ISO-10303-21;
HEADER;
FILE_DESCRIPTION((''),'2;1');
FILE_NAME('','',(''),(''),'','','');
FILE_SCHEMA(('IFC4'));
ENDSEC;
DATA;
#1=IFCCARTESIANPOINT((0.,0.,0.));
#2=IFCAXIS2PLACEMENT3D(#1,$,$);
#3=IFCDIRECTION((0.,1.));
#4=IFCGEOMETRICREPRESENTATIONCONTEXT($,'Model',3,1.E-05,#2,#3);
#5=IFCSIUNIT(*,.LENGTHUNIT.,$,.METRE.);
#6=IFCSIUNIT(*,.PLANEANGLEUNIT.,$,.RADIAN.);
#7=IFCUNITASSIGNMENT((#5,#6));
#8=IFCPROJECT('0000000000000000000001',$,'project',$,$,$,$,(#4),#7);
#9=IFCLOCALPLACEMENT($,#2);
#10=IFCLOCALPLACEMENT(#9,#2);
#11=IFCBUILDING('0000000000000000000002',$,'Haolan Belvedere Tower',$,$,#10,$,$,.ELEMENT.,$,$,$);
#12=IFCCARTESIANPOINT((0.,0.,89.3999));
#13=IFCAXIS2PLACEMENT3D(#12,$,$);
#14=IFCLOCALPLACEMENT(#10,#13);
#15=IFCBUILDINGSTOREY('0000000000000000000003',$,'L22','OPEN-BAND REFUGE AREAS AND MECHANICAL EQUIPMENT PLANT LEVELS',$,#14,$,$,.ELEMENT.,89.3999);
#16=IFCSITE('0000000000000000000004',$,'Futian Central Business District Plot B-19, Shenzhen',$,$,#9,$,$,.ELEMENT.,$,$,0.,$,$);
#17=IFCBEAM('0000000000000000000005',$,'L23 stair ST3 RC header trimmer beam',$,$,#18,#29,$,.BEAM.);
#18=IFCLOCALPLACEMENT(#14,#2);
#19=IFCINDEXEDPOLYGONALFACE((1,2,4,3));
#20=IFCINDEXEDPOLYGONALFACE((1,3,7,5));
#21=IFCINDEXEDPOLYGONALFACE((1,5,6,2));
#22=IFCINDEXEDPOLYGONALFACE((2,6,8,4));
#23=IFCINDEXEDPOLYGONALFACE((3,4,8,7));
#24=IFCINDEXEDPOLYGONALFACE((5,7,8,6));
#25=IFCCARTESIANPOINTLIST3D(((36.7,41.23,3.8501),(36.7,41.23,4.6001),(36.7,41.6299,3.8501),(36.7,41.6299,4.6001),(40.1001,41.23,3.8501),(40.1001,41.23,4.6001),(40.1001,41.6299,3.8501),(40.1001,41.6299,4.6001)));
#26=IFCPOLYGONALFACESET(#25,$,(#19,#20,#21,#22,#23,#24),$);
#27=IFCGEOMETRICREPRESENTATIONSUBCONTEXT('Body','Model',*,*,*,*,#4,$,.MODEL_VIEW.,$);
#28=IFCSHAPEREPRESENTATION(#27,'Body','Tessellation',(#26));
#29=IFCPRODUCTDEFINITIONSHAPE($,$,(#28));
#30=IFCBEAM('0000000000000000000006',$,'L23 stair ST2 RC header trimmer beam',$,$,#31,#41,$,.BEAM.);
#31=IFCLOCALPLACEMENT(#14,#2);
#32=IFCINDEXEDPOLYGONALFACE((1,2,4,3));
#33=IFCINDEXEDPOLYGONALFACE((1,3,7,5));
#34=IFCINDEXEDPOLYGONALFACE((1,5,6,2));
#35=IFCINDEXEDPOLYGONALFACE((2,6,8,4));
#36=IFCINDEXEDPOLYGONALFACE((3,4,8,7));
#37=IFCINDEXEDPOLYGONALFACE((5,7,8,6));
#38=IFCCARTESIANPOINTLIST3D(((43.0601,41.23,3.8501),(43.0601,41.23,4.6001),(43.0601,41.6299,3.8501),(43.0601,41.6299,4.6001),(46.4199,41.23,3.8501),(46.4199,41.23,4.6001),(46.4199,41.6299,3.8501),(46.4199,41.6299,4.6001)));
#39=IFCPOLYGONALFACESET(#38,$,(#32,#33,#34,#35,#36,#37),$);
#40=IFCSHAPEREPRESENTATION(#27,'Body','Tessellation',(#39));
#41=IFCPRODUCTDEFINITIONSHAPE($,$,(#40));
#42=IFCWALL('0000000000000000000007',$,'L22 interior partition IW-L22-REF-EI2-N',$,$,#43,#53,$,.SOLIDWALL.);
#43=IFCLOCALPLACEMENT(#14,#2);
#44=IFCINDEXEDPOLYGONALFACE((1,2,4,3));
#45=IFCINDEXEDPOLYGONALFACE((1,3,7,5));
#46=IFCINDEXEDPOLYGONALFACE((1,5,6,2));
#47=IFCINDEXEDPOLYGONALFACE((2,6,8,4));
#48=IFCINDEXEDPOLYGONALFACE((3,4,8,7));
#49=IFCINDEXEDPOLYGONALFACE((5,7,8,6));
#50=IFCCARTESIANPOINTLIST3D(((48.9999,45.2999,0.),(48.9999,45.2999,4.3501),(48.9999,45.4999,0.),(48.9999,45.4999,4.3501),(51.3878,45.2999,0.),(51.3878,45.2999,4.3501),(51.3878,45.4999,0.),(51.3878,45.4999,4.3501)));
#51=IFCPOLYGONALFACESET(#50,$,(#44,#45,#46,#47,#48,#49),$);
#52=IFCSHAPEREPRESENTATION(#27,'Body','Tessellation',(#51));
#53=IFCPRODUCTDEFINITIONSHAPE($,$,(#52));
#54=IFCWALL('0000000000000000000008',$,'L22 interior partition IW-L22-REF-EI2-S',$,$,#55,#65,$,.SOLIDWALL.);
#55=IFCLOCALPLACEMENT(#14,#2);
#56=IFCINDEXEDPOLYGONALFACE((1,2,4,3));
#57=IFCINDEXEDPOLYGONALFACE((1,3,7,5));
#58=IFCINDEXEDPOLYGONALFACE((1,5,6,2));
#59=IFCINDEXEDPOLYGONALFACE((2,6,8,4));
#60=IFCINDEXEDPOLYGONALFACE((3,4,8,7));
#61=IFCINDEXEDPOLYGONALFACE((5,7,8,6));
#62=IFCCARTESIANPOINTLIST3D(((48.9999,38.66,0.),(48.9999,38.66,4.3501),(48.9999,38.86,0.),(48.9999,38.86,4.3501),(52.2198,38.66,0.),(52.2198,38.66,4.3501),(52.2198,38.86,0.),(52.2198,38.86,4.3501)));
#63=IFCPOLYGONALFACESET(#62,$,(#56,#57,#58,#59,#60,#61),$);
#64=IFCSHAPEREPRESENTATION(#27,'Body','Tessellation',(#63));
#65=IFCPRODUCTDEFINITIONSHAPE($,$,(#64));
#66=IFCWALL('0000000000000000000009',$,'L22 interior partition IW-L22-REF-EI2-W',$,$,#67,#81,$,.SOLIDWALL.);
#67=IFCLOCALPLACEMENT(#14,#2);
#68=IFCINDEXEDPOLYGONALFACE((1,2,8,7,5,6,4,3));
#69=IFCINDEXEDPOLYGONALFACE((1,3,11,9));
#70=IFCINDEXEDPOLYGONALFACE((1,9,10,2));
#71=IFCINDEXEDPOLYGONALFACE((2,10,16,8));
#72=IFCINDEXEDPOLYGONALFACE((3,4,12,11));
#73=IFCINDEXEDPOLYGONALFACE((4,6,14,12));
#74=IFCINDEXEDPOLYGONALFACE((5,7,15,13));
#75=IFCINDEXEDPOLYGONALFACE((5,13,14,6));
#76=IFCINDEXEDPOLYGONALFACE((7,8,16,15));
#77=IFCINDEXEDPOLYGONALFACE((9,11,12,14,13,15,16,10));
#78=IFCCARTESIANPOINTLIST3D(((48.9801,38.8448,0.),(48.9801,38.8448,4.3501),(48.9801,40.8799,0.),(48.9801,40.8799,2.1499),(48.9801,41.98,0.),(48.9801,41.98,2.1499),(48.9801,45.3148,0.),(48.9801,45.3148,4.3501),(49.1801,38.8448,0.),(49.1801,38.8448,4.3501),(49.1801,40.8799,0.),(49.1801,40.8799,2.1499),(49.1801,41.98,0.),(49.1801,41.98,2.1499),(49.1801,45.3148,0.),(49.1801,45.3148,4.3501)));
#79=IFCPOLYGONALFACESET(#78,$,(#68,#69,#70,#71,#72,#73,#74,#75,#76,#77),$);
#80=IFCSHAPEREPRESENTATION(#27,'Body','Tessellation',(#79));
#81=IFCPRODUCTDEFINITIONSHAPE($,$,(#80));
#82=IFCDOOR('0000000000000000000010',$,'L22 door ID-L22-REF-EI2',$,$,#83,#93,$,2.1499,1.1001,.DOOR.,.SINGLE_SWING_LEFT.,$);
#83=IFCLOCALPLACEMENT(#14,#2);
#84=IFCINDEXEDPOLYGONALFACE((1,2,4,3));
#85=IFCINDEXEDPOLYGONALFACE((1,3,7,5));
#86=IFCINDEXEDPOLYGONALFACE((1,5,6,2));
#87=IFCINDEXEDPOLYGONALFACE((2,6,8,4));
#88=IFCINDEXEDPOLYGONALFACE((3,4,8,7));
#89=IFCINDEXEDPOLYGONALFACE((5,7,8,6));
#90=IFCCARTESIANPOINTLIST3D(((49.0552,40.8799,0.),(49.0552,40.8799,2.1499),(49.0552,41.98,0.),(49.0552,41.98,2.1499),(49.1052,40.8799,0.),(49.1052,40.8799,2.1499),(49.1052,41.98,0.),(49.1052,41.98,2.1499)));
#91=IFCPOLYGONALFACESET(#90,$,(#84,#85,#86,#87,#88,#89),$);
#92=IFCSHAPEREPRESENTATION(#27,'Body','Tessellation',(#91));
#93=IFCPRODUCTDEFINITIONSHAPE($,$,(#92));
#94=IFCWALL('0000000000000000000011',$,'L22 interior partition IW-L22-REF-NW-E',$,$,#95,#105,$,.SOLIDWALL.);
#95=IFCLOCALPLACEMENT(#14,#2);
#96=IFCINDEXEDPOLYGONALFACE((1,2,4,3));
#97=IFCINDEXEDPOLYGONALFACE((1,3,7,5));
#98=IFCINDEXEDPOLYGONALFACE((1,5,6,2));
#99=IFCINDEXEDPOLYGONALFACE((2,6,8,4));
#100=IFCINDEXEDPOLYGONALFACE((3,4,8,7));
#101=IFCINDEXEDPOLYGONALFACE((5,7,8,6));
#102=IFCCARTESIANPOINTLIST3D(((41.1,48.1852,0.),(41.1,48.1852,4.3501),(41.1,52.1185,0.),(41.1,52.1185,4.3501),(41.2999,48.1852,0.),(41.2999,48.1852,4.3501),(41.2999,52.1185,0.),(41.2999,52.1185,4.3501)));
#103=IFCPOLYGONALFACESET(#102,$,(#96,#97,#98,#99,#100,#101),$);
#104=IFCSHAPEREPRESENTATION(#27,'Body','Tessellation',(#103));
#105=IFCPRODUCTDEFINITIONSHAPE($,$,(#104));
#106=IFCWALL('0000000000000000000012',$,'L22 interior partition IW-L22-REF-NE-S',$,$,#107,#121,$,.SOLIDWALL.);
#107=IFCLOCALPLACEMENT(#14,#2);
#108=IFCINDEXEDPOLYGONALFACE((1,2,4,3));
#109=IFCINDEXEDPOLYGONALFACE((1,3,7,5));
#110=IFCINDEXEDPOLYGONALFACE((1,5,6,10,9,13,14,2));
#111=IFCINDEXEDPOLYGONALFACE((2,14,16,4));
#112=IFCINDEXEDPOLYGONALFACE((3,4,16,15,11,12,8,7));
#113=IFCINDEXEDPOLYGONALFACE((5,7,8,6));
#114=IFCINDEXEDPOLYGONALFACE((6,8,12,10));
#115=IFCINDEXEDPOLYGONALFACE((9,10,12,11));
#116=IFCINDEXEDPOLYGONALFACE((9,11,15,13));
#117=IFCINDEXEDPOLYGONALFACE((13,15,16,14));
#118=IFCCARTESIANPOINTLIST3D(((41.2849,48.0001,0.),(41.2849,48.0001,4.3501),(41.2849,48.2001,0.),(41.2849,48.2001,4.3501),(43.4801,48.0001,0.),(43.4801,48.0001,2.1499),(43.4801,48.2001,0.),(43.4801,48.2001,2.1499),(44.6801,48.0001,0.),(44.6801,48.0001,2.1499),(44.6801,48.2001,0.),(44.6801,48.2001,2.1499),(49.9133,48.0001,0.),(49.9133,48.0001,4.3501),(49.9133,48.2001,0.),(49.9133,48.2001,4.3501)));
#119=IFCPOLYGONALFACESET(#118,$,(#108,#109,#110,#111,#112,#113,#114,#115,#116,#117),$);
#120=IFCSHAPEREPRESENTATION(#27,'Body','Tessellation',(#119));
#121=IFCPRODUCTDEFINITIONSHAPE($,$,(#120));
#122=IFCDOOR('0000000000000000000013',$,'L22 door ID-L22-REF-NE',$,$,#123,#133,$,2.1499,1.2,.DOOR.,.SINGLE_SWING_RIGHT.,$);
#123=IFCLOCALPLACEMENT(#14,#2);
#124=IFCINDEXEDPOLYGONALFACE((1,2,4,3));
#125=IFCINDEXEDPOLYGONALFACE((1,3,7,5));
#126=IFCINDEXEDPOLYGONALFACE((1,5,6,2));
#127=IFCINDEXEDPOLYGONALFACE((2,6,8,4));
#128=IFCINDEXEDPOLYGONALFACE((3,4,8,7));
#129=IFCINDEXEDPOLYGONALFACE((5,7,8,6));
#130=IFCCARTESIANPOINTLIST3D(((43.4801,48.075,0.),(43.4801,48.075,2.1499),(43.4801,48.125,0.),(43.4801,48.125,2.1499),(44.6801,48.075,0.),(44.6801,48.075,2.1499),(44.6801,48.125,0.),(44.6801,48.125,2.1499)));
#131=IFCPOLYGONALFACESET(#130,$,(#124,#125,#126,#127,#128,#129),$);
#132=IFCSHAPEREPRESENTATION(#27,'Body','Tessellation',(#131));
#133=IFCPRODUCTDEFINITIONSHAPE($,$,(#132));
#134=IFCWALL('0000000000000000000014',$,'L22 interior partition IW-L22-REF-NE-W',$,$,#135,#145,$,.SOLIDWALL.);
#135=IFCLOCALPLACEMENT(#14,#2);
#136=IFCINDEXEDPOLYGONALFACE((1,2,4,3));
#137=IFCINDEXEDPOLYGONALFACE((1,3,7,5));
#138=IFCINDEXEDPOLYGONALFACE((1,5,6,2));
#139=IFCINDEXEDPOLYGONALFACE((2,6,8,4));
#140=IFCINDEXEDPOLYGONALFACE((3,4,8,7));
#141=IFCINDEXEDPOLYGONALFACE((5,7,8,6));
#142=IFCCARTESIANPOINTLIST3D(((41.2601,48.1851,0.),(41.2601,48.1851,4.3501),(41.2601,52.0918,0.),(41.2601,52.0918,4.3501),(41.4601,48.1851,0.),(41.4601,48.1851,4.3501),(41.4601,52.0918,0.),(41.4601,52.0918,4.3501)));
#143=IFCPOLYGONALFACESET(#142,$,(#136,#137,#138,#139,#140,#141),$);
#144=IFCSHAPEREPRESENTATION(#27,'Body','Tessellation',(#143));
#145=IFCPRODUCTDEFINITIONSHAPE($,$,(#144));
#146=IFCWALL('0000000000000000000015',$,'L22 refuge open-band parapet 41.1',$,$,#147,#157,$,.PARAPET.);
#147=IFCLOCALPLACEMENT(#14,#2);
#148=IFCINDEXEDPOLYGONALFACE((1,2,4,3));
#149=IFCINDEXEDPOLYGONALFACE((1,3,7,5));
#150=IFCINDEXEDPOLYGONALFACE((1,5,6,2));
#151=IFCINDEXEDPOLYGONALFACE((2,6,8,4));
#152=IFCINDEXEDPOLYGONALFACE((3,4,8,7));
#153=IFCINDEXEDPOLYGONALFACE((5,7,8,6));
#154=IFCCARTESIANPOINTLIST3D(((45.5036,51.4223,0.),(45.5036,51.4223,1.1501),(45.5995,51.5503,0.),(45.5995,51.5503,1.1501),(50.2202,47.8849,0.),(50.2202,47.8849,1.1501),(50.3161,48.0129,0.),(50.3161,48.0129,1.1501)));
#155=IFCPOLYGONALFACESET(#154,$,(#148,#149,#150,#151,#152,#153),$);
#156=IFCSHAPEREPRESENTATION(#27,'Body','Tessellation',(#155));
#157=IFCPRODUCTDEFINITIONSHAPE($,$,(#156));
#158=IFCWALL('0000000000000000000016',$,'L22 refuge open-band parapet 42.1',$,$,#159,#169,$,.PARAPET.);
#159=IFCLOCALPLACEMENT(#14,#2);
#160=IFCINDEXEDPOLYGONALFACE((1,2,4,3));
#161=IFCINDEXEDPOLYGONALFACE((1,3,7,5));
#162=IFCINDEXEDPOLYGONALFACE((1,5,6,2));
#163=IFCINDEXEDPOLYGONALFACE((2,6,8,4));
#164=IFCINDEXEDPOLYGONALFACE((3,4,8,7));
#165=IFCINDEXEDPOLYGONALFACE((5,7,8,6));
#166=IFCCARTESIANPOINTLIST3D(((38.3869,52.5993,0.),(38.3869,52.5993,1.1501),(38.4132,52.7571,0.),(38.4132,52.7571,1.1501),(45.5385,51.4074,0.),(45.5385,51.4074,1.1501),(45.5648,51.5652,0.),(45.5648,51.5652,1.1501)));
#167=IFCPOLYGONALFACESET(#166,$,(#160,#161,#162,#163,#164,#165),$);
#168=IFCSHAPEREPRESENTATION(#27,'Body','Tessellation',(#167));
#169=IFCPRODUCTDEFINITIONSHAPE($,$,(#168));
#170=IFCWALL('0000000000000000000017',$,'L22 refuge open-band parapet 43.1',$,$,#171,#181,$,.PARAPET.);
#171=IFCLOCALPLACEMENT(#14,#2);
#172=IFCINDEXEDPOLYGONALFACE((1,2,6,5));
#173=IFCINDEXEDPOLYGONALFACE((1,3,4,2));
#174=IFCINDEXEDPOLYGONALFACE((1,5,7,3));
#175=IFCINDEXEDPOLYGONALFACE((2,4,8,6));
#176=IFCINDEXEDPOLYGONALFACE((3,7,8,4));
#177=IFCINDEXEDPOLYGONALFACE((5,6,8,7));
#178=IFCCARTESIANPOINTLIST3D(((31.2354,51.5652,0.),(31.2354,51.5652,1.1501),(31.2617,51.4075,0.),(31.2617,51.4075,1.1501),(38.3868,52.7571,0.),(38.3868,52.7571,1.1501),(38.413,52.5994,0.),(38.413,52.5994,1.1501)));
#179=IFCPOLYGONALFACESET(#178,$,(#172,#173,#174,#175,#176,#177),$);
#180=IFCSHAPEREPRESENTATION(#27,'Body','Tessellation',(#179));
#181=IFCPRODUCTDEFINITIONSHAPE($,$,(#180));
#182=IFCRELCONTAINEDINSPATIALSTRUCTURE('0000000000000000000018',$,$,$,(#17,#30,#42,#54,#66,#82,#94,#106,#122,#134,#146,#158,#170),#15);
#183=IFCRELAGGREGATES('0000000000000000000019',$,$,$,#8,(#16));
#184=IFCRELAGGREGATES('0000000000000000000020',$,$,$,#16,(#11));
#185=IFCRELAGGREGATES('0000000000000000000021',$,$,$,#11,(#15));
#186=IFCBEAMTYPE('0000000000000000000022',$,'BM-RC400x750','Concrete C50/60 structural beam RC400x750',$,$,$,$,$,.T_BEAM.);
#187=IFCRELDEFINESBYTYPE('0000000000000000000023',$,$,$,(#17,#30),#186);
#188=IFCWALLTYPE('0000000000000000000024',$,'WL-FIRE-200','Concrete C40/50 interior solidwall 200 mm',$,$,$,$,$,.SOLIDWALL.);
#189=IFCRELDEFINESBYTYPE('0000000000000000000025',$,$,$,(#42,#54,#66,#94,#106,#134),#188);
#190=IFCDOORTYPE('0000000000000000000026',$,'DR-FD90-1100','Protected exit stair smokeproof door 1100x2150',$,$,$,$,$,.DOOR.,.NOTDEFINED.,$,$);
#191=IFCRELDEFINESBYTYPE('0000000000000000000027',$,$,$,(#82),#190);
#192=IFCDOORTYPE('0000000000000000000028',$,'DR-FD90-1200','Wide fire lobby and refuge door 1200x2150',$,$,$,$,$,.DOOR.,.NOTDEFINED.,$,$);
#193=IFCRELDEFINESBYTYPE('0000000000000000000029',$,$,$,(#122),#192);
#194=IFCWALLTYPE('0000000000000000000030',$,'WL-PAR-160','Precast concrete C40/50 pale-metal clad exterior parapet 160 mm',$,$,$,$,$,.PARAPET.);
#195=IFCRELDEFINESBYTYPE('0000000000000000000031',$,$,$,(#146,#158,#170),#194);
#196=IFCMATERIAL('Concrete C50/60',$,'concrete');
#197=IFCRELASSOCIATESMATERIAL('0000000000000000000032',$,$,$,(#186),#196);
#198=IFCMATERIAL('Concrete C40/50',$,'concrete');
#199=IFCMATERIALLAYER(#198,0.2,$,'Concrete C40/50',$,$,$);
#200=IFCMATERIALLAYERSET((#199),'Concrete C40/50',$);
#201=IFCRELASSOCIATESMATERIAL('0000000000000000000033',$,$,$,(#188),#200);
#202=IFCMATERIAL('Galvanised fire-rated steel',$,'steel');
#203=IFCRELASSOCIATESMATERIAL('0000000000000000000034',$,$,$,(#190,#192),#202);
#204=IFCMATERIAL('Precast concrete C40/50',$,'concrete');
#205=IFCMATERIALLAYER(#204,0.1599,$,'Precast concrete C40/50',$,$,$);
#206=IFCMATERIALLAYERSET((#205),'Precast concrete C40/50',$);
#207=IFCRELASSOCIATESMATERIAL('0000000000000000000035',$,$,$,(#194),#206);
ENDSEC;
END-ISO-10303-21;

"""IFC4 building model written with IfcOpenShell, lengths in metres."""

from ifc_helpers import new_model, si_unit, direction, frame, frame_2d, origin, origin_2d, place, context, subcontext, project, spatial, rectangle, extrude, material, layer, layer_set, material_profile, profile_set, type_object, element, fill, save


model = new_model("IFC4")

# Units and contexts
model_context = context("Model", 3, precision=1e-05, world=origin(), true_north=direction((0.0, 1.0)))
body_context = subcontext(model_context, "Body", "Model", "MODEL_VIEW")
ifc_project = project(units=[si_unit("LENGTHUNIT", "METRE"), si_unit("PLANEANGLEUNIT", "RADIAN")], contexts=[model_context])

# Site, building, storey
site_placement = place(None, origin())
site = spatial("IfcSite", under=ifc_project, at=site_placement, Name="Futian Central Business District Plot B-19, Shenzhen", CompositionType="ELEMENT", RefElevation=0.0)
building_placement = place(site_placement, origin())
building = spatial("IfcBuilding", under=site, at=building_placement, Name="Haolan Belvedere Tower", CompositionType="ELEMENT")
storey_placement = place(building_placement, frame((0.0, 0.0, 89.3999)))
storey = spatial("IfcBuildingStorey", under=building, at=storey_placement, Name="L22", Description="OPEN-BAND REFUGE AREAS AND MECHANICAL EQUIPMENT PLANT LEVELS", CompositionType="ELEMENT", Elevation=89.3999)

# Beams
ifc_material_1 = material(Name="Concrete C50/60", Category="concrete")
ifc_material_profile_1 = material_profile(ifc_material_1, rectangle(XDim=0.3999, YDim=0.75, at=origin_2d()), Name="Concrete C50/60")
ifc_profile_set_1 = profile_set([ifc_material_profile_1], Name="Concrete C50/60")
beam_type_1 = type_object("IfcBeamType", Name="BM-RC400x750", Description="Concrete C50/60 structural beam RC400x750", PredefinedType="T_BEAM", material=ifc_profile_set_1)
beam_1_placement = place(storey_placement, frame((36.7, 41.4299, 4.2251), z_axis=(1.0, 0.0, 0.0), x_axis=(0.0, 1.0, 0.0)))
element("IfcBeam", 1, at=beam_1_placement, inside=storey, type_object=beam_type_1, Name="L23 stair ST3 RC header trimmer beam", PredefinedType="BEAM", context=body_context, shape_type="SweptSolid", body=[
    extrude(rectangle(XDim=0.3999, YDim=0.75, at=origin_2d()), origin(), (0.0, 0.0, 1.0), 3.4001),
])
beam_2_placement = place(storey_placement, frame((43.0601, 41.4299, 4.2251), z_axis=(1.0, 0.0, 0.0), x_axis=(0.0, 1.0, 0.0)))
element("IfcBeam", 2, at=beam_2_placement, inside=storey, type_object=beam_type_1, Name="L23 stair ST2 RC header trimmer beam", PredefinedType="BEAM", context=body_context, shape_type="SweptSolid", body=[
    extrude(rectangle(XDim=0.3999, YDim=0.75, at=origin_2d()), origin(), (0.0, 0.0, 1.0), 3.3599),
])

# Shared definitions
ifc_material_2 = material(Name="Concrete C40/50", Category="concrete")
ifc_layer_1 = layer(ifc_material_2, 0.2, Name="Concrete C40/50")
ifc_layer_set_1 = layer_set([ifc_layer_1], Name="Concrete C40/50")
wall_type_1 = type_object("IfcWallType", Name="WL-FIRE-200", Description="Concrete C40/50 interior solidwall 200 mm", PredefinedType="SOLIDWALL", material=ifc_layer_set_1)
ifc_material_3 = material(Name="Galvanised fire-rated steel", Category="steel")
door_type_1 = type_object("IfcDoorType", Name="DR-FD90-1100", Description="Protected exit stair smokeproof door 1100x2150", OperationType="NOTDEFINED", PredefinedType="DOOR", material=ifc_material_3)

# Walls
wall_1_placement = place(storey_placement, frame((49.0, 45.3999, 0.0), z_axis=(0.0, 0.0, 1.0), x_axis=(1.0, 0.0, 0.0)))
element("IfcWall", 3, at=wall_1_placement, inside=storey, type_object=wall_type_1, Name="L22 interior partition IW-L22-REF-EI2-N", PredefinedType="SOLIDWALL", context=body_context, shape_type="SweptSolid", body=[
    extrude(rectangle(XDim=2.3879, YDim=0.2, at=frame_2d((1.1938, 0.0))), origin(), (0.0, 0.0, 1.0), 4.3501),
])
wall_2_placement = place(storey_placement, frame((49.0, 38.76, 0.0), z_axis=(0.0, 0.0, 1.0), x_axis=(1.0, 0.0, 0.0)))
element("IfcWall", 4, at=wall_2_placement, inside=storey, type_object=wall_type_1, Name="L22 interior partition IW-L22-REF-EI2-S", PredefinedType="SOLIDWALL", context=body_context, shape_type="SweptSolid", body=[
    extrude(rectangle(XDim=3.22, YDim=0.2, at=frame_2d((1.6099, 0.0))), origin(), (0.0, 0.0, 1.0), 4.3501),
])

# Wall, opening, door
wall_3_placement = place(storey_placement, frame((49.0801, 38.845, 0.0), z_axis=(0.0, 0.0, 1.0), x_axis=(0.0, 1.0, 0.0)))
wall_3 = element("IfcWall", 5, at=wall_3_placement, inside=storey, type_object=wall_type_1, Name="L22 interior partition IW-L22-REF-EI2-W", PredefinedType="SOLIDWALL", context=body_context, shape_type="SweptSolid", body=[
    extrude(rectangle(XDim=6.47, YDim=0.2, at=frame_2d((3.2349, 0.0))), origin(), (0.0, 0.0, 1.0), 4.3501),
])
opening_1_placement = place(wall_3_placement, frame((2.0349, 0.0, 0.0)))
opening_1 = element("IfcOpeningElement", 6, at=opening_1_placement, cuts=wall_3, PredefinedType="OPENING", context=body_context, shape_type="SweptSolid", body=[
    extrude(rectangle(XDim=1.1001, YDim=2.1499, at=frame_2d((0.55, 1.075))), frame((0.0, 0.1099, 0.0), z_axis=(0.0, -1.0, 0.0), x_axis=(1.0, 0.0, 0.0)), (0.0, 0.0, 1.0), 0.22),
])
door_1_placement = place(opening_1_placement, origin())
door_1 = element("IfcDoor", 7, at=door_1_placement, inside=storey, type_object=door_type_1, Name="L22 door ID-L22-REF-EI2", OperationType="SINGLE_SWING_LEFT", OverallHeight=2.1499, OverallWidth=1.1001, PredefinedType="DOOR", context=body_context, shape_type="SweptSolid", body=[
    extrude(rectangle(XDim=1.1001, YDim=2.1499, at=frame_2d((0.55, 1.075))), frame((0.0, 0.0249, 0.0), z_axis=(0.0, -1.0, 0.0), x_axis=(1.0, 0.0, 0.0)), (0.0, 0.0, 1.0), 0.05),
])
fill(opening_1, door_1)

# Wall
wall_4_placement = place(storey_placement, frame((41.2, 48.1851, 0.0), z_axis=(0.0, 0.0, 1.0), x_axis=(0.0, 1.0, 0.0)))
element("IfcWall", 8, at=wall_4_placement, inside=storey, type_object=wall_type_1, Name="L22 interior partition IW-L22-REF-NW-E", PredefinedType="SOLIDWALL", context=body_context, shape_type="SweptSolid", body=[
    extrude(rectangle(XDim=3.9333, YDim=0.2, at=frame_2d((1.9668, 0.0))), origin(), (0.0, 0.0, 1.0), 4.3501),
])

# Wall, opening, door
wall_5_placement = place(storey_placement, frame((41.2849, 48.1001, 0.0), z_axis=(0.0, 0.0, 1.0), x_axis=(1.0, 0.0, 0.0)))
wall_5 = element("IfcWall", 9, at=wall_5_placement, inside=storey, type_object=wall_type_1, Name="L22 interior partition IW-L22-REF-NE-S", PredefinedType="SOLIDWALL", context=body_context, shape_type="SweptSolid", body=[
    extrude(rectangle(XDim=8.6284, YDim=0.2, at=frame_2d((4.3142, 0.0))), origin(), (0.0, 0.0, 1.0), 4.3501),
])
opening_2_placement = place(wall_5_placement, frame((2.1951, 0.0, 0.0)))
opening_2 = element("IfcOpeningElement", 10, at=opening_2_placement, cuts=wall_5, PredefinedType="OPENING", context=body_context, shape_type="SweptSolid", body=[
    extrude(rectangle(XDim=1.2, YDim=2.1499, at=frame_2d((0.6001, 1.075))), frame((0.0, 0.1099, 0.0), z_axis=(0.0, -1.0, 0.0), x_axis=(1.0, 0.0, 0.0)), (0.0, 0.0, 1.0), 0.22),
])
door_type_2 = type_object("IfcDoorType", Name="DR-FD90-1200", Description="Wide fire lobby and refuge door 1200x2150", OperationType="NOTDEFINED", PredefinedType="DOOR", material=ifc_material_3)
door_2_placement = place(opening_2_placement, origin())
door_2 = element("IfcDoor", 11, at=door_2_placement, inside=storey, type_object=door_type_2, Name="L22 door ID-L22-REF-NE", OperationType="SINGLE_SWING_RIGHT", OverallHeight=2.1499, OverallWidth=1.2, PredefinedType="DOOR", context=body_context, shape_type="SweptSolid", body=[
    extrude(rectangle(XDim=1.2, YDim=2.1499, at=frame_2d((0.6001, 1.075))), frame((0.0, 0.0249, 0.0), z_axis=(0.0, -1.0, 0.0), x_axis=(1.0, 0.0, 0.0)), (0.0, 0.0, 1.0), 0.05),
])
fill(opening_2, door_2)

# Walls
wall_6_placement = place(storey_placement, frame((41.3601, 48.1851, 0.0), z_axis=(0.0, 0.0, 1.0), x_axis=(0.0, 1.0, 0.0)))
element("IfcWall", 12, at=wall_6_placement, inside=storey, type_object=wall_type_1, Name="L22 interior partition IW-L22-REF-NE-W", PredefinedType="SOLIDWALL", context=body_context, shape_type="SweptSolid", body=[
    extrude(rectangle(XDim=3.9067, YDim=0.2, at=frame_2d((1.9534, 0.0))), origin(), (0.0, 0.0, 1.0), 4.3501),
])
ifc_material_4 = material(Name="Precast concrete C40/50", Category="concrete")
ifc_layer_2 = layer(ifc_material_4, 0.1599, Name="Precast concrete C40/50")
ifc_layer_set_2 = layer_set([ifc_layer_2], Name="Precast concrete C40/50")
wall_type_2 = type_object("IfcWallType", Name="WL-PAR-160", Description="Precast concrete C40/50 pale-metal clad exterior parapet 160 mm", PredefinedType="PARAPET", material=ifc_layer_set_2)
wall_7_placement = place(storey_placement, frame((50.2681, 47.949, 0.0), z_axis=(0.0, 0.0, 1.0), x_axis=(-0.800005, 0.599993, 0.0)))
element("IfcWall", 13, at=wall_7_placement, inside=storey, type_object=wall_type_2, Name="L22 refuge open-band parapet 41.1", PredefinedType="PARAPET", context=body_context, shape_type="SweptSolid", body=[
    extrude(rectangle(XDim=5.8958, YDim=0.1599, at=frame_2d((2.9478, 0.0))), origin(), (0.0, 0.0, 1.0), 1.1501),
])
wall_8_placement = place(storey_placement, frame((45.5515, 51.4863, 0.0), z_axis=(0.0, 0.0, 1.0), x_axis=(-0.986395, 0.164394, 0.0)))
element("IfcWall", 14, at=wall_8_placement, inside=storey, type_object=wall_type_2, Name="L22 refuge open-band parapet 42.1", PredefinedType="PARAPET", context=body_context, shape_type="SweptSolid", body=[
    extrude(rectangle(XDim=7.2502, YDim=0.1599, at=frame_2d((3.625, 0.0))), origin(), (0.0, 0.0, 1.0), 1.1501),
])
wall_9_placement = place(storey_placement, frame((38.3999, 52.6782, 0.0), z_axis=(0.0, 0.0, 1.0), x_axis=(-0.986394, -0.164399, 0.0)))
element("IfcWall", 15, at=wall_9_placement, inside=storey, type_object=wall_type_2, Name="L22 refuge open-band parapet 43.1", PredefinedType="PARAPET", context=body_context, shape_type="SweptSolid", body=[
    extrude(rectangle(XDim=7.25, YDim=0.1599, at=frame_2d((3.625, 0.0))), origin(), (0.0, 0.0, 1.0), 1.1501),
])

save(model, "model.ifc")
